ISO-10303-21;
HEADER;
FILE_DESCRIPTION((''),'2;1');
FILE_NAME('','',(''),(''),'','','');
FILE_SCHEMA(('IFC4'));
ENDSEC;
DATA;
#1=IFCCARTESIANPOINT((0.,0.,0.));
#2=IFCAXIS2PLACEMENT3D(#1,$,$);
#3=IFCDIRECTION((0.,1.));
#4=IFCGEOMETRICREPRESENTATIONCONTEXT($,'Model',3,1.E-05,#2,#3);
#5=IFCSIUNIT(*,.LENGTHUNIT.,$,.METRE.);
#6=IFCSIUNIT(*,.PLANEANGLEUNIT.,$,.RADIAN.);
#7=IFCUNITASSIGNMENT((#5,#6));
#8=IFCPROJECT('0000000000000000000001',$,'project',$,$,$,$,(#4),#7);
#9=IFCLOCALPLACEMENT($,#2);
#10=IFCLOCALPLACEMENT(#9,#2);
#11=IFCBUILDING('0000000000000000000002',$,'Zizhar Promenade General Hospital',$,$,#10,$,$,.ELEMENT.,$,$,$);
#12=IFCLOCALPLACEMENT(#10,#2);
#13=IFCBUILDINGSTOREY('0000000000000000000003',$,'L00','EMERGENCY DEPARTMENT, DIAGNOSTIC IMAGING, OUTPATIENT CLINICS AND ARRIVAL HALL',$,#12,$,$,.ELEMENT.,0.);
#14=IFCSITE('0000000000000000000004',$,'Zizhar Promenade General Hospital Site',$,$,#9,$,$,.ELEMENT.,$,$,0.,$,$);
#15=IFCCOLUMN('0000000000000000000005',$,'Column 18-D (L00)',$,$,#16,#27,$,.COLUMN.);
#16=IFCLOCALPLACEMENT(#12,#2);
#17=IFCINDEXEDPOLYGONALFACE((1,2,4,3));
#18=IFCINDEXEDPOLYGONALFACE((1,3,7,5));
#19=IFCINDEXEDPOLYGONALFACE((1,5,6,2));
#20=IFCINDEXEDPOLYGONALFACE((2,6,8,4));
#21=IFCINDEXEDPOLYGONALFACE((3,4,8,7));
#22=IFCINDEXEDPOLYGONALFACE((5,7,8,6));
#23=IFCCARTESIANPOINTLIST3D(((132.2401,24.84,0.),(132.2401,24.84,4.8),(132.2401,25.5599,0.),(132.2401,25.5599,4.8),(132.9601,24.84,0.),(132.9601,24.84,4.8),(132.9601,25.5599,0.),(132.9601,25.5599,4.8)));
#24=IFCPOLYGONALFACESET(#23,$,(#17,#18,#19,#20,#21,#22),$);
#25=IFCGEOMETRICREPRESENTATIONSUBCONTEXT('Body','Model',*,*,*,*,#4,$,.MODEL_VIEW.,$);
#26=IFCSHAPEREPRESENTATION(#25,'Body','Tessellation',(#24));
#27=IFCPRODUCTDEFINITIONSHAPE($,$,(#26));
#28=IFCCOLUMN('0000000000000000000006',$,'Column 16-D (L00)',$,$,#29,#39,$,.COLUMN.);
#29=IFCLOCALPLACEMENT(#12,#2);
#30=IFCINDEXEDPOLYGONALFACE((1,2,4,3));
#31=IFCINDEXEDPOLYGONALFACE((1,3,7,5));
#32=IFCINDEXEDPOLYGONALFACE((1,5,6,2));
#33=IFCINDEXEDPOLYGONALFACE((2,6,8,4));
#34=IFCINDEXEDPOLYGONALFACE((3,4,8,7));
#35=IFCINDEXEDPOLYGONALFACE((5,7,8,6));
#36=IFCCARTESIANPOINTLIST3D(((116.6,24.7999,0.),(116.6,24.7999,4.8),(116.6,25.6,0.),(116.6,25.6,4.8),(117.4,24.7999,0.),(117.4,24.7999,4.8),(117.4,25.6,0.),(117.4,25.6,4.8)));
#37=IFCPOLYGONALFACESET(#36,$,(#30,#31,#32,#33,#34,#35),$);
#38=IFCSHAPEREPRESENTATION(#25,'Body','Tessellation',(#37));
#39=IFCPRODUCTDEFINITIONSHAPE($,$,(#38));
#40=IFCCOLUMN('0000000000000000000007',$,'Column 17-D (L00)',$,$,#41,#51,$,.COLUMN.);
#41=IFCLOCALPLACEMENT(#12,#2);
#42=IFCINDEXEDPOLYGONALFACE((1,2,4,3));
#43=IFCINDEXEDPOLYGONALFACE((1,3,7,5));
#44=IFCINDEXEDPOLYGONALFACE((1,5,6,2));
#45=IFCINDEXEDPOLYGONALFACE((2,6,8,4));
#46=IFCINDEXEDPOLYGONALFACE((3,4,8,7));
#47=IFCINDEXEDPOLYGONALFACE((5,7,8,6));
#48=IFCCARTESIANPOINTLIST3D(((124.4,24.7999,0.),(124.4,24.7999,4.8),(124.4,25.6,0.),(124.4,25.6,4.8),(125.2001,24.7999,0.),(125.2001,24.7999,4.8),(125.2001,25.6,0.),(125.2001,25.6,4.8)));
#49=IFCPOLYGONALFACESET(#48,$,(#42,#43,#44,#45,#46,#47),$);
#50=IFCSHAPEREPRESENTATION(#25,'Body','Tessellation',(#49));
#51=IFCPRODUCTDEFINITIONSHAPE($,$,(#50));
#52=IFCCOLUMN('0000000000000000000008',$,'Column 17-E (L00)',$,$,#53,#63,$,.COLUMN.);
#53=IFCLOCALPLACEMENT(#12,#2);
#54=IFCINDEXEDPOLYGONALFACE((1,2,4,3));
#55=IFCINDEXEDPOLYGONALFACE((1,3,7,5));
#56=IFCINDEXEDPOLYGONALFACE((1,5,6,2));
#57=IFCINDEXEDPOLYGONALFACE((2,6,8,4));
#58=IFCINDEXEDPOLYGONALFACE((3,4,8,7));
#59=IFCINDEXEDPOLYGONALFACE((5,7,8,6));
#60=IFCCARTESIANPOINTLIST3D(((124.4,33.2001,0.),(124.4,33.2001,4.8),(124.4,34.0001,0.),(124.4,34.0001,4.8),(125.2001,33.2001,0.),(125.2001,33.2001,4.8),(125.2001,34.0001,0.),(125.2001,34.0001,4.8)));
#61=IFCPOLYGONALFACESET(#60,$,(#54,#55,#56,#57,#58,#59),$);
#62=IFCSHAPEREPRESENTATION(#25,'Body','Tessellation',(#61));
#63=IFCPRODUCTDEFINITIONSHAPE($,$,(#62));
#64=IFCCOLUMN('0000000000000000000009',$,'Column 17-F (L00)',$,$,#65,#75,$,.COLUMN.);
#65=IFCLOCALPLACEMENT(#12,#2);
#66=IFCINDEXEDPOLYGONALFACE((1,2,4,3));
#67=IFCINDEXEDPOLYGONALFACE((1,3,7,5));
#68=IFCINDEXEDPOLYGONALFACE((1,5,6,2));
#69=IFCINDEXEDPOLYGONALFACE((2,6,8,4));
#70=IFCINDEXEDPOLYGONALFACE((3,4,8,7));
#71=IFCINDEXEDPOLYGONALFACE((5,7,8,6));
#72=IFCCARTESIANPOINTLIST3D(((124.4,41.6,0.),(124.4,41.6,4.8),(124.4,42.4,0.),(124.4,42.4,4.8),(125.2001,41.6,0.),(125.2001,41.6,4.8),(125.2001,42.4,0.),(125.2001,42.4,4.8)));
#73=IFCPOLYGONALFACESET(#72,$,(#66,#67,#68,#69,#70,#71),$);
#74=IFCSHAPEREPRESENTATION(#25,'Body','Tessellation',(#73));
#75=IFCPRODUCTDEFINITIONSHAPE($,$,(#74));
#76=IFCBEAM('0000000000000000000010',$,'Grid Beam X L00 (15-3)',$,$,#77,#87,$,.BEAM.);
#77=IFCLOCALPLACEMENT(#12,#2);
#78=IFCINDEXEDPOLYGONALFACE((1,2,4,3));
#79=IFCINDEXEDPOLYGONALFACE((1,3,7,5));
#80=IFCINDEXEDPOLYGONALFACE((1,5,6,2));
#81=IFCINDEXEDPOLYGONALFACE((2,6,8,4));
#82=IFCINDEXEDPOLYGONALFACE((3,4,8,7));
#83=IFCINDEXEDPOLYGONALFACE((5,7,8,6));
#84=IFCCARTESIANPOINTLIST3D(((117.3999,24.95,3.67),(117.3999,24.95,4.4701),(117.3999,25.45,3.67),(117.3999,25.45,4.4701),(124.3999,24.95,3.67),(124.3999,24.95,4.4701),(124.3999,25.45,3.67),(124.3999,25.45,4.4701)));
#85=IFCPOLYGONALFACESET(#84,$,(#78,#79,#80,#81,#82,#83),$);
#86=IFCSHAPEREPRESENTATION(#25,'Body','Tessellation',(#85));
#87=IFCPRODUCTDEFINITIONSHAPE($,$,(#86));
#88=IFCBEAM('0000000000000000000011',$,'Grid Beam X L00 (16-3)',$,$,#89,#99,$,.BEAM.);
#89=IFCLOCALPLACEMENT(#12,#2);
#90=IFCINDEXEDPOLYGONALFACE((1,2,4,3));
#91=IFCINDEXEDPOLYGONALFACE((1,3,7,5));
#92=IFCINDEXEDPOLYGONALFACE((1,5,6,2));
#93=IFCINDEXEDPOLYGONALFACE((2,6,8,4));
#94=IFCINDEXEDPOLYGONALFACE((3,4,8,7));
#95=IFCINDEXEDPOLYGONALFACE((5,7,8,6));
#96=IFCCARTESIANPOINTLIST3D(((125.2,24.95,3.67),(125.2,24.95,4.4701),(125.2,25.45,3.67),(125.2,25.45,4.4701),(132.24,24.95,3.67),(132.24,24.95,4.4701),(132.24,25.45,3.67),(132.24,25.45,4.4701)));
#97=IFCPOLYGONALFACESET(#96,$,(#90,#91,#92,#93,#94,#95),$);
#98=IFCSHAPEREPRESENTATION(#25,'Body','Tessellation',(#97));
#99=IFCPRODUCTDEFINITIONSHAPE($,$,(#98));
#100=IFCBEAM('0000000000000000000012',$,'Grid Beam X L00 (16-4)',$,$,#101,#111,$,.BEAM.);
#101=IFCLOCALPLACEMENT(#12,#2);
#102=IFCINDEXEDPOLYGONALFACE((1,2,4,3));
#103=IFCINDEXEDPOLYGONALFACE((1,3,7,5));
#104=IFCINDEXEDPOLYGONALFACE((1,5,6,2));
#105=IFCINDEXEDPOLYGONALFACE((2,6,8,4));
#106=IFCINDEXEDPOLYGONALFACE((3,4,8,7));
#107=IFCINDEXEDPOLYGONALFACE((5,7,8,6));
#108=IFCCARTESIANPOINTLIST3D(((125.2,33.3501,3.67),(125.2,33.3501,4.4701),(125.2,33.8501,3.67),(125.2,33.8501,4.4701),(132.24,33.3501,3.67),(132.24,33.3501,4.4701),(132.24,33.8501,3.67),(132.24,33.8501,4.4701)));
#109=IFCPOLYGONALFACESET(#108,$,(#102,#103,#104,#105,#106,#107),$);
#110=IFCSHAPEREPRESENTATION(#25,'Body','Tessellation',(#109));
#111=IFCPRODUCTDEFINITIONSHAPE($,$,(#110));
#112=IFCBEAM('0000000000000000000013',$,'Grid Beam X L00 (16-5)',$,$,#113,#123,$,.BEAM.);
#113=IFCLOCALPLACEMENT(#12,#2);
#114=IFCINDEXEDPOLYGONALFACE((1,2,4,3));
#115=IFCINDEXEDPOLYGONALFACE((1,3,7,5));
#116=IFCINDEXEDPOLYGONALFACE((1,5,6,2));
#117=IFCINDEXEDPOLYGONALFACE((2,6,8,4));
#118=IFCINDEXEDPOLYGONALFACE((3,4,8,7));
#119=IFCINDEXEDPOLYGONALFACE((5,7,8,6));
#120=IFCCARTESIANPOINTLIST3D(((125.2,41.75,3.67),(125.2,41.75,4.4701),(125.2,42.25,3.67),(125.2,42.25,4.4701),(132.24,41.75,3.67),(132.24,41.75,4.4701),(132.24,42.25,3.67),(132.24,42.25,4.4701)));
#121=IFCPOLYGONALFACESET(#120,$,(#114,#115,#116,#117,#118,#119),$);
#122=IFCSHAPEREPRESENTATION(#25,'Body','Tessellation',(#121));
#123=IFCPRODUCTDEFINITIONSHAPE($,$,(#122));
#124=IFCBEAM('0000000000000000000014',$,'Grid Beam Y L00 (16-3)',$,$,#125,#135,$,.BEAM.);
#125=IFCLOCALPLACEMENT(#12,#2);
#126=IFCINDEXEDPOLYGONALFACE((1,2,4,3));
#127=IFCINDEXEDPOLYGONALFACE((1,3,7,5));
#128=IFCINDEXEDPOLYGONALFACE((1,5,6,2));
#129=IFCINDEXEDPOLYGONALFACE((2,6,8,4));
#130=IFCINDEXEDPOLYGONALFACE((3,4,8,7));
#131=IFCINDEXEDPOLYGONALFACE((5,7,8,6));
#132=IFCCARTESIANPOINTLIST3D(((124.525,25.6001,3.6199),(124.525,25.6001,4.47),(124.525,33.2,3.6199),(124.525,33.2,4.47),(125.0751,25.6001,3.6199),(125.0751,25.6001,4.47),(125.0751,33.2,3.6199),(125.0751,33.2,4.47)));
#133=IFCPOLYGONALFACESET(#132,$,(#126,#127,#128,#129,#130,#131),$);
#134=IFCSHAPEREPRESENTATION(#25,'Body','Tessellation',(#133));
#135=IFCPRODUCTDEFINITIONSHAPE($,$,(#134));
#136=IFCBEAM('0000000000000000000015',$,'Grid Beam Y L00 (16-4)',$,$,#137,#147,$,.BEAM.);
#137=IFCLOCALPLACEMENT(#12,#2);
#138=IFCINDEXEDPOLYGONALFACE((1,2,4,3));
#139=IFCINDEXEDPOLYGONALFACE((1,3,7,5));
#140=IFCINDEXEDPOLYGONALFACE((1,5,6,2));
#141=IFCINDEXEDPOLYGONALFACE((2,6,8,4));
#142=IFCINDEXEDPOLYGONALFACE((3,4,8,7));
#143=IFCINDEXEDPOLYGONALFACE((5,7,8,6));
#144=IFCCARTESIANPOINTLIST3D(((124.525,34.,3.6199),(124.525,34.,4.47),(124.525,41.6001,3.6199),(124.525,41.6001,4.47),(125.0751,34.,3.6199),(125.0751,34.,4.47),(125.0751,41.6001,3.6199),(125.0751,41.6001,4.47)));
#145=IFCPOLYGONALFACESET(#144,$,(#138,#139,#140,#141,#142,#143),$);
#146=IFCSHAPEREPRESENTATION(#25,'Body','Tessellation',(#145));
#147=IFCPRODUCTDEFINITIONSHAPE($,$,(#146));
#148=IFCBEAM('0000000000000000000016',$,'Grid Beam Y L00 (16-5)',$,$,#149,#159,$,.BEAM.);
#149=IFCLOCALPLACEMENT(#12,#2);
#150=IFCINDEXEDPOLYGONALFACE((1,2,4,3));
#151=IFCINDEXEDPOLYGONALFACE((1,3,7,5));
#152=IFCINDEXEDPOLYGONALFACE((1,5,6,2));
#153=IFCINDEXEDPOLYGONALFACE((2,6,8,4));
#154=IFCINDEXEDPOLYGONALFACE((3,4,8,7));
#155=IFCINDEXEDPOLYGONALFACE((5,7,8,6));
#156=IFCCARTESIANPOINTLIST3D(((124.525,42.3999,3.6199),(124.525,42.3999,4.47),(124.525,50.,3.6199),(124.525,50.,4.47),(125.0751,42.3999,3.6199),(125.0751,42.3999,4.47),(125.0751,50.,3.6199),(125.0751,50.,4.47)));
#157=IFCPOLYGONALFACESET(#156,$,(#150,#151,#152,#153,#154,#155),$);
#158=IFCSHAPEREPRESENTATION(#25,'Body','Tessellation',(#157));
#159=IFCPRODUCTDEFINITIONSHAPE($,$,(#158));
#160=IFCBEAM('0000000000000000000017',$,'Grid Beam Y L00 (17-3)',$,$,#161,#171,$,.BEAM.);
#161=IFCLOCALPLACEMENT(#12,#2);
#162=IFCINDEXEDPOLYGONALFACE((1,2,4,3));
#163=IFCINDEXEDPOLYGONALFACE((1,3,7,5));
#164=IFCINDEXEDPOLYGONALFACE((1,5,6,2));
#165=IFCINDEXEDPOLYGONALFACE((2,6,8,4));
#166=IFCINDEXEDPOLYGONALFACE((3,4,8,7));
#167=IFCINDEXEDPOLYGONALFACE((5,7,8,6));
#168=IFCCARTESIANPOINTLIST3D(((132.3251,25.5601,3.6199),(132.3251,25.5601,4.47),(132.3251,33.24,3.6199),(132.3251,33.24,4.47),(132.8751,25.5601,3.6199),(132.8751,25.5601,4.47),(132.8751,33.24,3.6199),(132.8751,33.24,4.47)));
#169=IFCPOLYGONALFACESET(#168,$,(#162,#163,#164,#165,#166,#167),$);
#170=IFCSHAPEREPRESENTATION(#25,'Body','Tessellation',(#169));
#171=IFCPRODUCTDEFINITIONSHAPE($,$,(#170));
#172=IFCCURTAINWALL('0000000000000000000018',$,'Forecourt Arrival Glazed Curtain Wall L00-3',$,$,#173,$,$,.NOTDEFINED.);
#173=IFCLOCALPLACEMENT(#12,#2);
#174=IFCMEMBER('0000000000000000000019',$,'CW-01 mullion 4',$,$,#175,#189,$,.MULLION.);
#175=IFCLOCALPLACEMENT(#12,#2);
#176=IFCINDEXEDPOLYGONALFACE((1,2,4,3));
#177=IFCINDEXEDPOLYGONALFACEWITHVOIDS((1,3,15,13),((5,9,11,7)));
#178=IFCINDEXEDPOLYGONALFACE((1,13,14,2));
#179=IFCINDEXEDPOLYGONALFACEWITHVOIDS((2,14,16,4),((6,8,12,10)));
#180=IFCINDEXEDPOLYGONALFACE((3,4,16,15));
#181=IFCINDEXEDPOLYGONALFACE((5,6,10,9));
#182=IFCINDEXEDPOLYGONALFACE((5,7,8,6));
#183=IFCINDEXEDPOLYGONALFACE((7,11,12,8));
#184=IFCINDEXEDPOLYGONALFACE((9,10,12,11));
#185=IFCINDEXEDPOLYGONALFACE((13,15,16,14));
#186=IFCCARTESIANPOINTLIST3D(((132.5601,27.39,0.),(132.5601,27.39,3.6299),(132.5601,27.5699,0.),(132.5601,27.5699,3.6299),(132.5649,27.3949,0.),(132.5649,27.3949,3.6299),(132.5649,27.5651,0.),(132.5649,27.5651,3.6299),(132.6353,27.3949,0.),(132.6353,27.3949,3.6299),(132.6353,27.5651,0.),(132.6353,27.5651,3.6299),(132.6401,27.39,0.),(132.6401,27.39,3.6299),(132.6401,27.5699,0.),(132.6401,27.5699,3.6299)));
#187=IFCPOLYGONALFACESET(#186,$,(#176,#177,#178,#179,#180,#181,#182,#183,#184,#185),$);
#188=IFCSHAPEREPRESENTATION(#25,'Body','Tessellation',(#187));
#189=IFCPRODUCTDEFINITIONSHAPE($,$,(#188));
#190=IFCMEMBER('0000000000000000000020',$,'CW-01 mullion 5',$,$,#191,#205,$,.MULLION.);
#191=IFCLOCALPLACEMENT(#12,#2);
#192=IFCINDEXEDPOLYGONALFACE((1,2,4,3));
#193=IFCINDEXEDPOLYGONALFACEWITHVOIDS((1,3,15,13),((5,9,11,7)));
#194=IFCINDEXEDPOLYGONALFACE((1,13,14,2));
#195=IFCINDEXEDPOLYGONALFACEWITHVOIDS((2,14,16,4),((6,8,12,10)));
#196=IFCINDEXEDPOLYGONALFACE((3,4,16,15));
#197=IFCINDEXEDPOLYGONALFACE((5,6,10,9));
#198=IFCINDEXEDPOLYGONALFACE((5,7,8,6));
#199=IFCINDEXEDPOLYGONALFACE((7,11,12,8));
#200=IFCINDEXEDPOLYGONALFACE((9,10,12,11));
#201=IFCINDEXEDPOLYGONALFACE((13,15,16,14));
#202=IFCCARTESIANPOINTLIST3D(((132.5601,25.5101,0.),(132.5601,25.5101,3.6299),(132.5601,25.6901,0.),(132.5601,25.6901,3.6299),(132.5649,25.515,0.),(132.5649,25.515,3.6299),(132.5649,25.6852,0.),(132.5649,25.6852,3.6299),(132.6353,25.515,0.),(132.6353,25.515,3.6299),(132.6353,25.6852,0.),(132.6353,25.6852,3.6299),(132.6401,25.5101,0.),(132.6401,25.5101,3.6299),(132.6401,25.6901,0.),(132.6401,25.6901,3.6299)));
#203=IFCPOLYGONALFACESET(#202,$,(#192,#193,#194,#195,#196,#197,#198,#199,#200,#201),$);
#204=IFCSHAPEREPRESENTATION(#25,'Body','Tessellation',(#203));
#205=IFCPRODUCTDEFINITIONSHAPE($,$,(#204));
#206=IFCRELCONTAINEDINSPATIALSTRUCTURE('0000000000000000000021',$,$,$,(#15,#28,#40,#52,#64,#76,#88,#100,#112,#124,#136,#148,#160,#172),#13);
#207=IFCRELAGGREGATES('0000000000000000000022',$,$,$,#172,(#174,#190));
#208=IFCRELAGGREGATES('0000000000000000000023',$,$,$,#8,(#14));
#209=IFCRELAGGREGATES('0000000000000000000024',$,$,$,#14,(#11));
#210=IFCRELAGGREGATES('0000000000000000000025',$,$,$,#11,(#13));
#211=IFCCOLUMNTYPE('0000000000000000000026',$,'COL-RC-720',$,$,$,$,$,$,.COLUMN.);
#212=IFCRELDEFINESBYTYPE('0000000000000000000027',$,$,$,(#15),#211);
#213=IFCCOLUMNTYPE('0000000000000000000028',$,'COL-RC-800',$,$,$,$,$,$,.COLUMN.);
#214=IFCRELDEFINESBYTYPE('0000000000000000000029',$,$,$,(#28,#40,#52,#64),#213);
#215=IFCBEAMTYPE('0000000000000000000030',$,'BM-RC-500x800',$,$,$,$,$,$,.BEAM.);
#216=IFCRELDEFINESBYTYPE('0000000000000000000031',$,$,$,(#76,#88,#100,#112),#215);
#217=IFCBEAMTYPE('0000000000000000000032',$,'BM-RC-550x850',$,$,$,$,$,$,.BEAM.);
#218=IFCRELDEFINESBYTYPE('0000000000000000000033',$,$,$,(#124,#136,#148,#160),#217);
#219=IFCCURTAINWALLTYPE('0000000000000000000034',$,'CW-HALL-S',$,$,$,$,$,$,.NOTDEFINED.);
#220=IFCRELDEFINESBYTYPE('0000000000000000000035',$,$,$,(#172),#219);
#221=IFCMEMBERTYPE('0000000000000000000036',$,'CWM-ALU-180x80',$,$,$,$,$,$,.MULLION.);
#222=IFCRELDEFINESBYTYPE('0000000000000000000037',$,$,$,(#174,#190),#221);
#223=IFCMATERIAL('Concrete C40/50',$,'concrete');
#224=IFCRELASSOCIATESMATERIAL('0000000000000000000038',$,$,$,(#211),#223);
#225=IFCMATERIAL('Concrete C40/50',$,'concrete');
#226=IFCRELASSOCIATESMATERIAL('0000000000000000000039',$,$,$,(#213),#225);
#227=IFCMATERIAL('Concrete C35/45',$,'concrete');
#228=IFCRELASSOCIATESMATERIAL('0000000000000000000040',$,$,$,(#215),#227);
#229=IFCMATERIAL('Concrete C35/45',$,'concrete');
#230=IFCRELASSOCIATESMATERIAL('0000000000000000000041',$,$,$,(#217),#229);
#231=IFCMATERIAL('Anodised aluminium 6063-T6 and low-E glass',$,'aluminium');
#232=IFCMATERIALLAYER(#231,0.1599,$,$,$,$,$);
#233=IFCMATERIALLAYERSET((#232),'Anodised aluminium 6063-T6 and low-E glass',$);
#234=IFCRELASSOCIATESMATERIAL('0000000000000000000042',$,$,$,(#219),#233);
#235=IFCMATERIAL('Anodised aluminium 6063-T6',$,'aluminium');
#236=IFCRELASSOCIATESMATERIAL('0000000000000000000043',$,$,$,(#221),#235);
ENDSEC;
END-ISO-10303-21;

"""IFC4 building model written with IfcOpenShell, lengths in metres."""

from ifc_helpers import new_model, si_unit, direction, frame, origin, origin_2d, place, context, subcontext, project, spatial, rectangle, hollow_rectangle, extrude, material, layer, layer_set, material_profile, profile_set, type_object, element, aggregate, save


model = new_model("IFC4")

# Units and contexts
model_context = context("Model", 3, precision=1e-05, world=origin(), true_north=direction((0.0, 1.0)))
body_context = subcontext(model_context, "Body", "Model", "MODEL_VIEW")
ifc_project = project(units=[si_unit("LENGTHUNIT", "METRE"), si_unit("PLANEANGLEUNIT", "RADIAN")], contexts=[model_context])

# Site, building, storey
site_placement = place(None, origin())
site = spatial("IfcSite", under=ifc_project, at=site_placement, Name="Zizhar Promenade General Hospital Site", CompositionType="ELEMENT", RefElevation=0.0)
building_placement = place(site_placement, origin())
building = spatial("IfcBuilding", under=site, at=building_placement, Name="Zizhar Promenade General Hospital", CompositionType="ELEMENT")
storey_placement = place(building_placement, origin())
storey = spatial("IfcBuildingStorey", under=building, at=storey_placement, Name="L00", Description="EMERGENCY DEPARTMENT, DIAGNOSTIC IMAGING, OUTPATIENT CLINICS AND ARRIVAL HALL", CompositionType="ELEMENT", Elevation=0.0)

# Columns
ifc_material_1 = material(Name="Concrete C40/50", Category="concrete")
ifc_material_profile_1 = material_profile(ifc_material_1, rectangle(XDim=0.72, YDim=0.72, at=origin_2d()))
ifc_profile_set_1 = profile_set([ifc_material_profile_1], Name="Concrete C40/50")
column_type_1 = type_object("IfcColumnType", Name="COL-RC-720", PredefinedType="COLUMN", material=ifc_profile_set_1)
column_placement = place(storey_placement, frame((132.6001, 25.2, 0.0), z_axis=(0.0, 0.0, 1.0), x_axis=(1.0, 0.0, 0.0)))
element("IfcColumn", 1, at=column_placement, inside=storey, type_object=column_type_1, Name="Column 18-D (L00)", PredefinedType="COLUMN", context=body_context, shape_type="SweptSolid", body=[
    extrude(rectangle(XDim=0.72, YDim=0.72, at=origin_2d()), origin(), (0.0, 0.0, 1.0), 4.8),
])
ifc_material_2 = material(Name="Concrete C40/50", Category="concrete")
ifc_material_profile_2 = material_profile(ifc_material_2, rectangle(XDim=0.8, YDim=0.8, at=origin_2d()))
ifc_profile_set_2 = profile_set([ifc_material_profile_2], Name="Concrete C40/50")
column_type_2 = type_object("IfcColumnType", Name="COL-RC-800", PredefinedType="COLUMN", material=ifc_profile_set_2)
for number, where, z_axis, x_axis, name in (
    (2, (117.0, 25.2, 0.0), (0.0, 0.0, 1.0), (1.0, 0.0, 0.0), "Column 16-D (L00)"),
    (3, (124.8, 25.2, 0.0), (0.0, 0.0, 1.0), (1.0, 0.0, 0.0), "Column 17-D (L00)"),
    (4, (124.8, 33.6001, 0.0), (0.0, 0.0, 1.0), (1.0, 0.0, 0.0), "Column 17-E (L00)"),
    (5, (124.8, 42.0, 0.0), (0.0, 0.0, 1.0), (1.0, 0.0, 0.0), "Column 17-F (L00)"),
):
    element("IfcColumn", number, at=place(storey_placement, frame(where, z_axis=z_axis, x_axis=x_axis)), inside=storey, type_object=column_type_2, Name=name, PredefinedType="COLUMN", context=body_context, shape_type="SweptSolid", body=[
        extrude(rectangle(XDim=0.8, YDim=0.8, at=origin_2d()), origin(), (0.0, 0.0, 1.0), 4.8),
    ])

# Beams
ifc_material_3 = material(Name="Concrete C35/45", Category="concrete")
ifc_material_profile_3 = material_profile(ifc_material_3, rectangle(XDim=0.5, YDim=0.8, at=origin_2d()))
ifc_profile_set_3 = profile_set([ifc_material_profile_3], Name="Concrete C35/45")
beam_type_1 = type_object("IfcBeamType", Name="BM-RC-500x800", PredefinedType="BEAM", material=ifc_profile_set_3)
beam_1_placement = place(storey_placement, frame((117.3999, 25.2, 4.0701), z_axis=(1.0, 0.0, 0.0), x_axis=(0.0, 1.0, 0.0)))
element("IfcBeam", 6, at=beam_1_placement, inside=storey, type_object=beam_type_1, Name="Grid Beam X L00 (15-3)", PredefinedType="BEAM", context=body_context, shape_type="SweptSolid", body=[
    extrude(rectangle(XDim=0.5, YDim=0.8, at=origin_2d()), origin(), (0.0, 0.0, 1.0), 7.0),
])
for number, where, z_axis, x_axis, name in (
    (7, (125.2, 25.2, 4.0701), (1.0, 0.0, 0.0), (0.0, 1.0, 0.0), "Grid Beam X L00 (16-3)"),
    (8, (125.2, 33.6001, 4.0701), (1.0, 0.0, 0.0), (0.0, 1.0, 0.0), "Grid Beam X L00 (16-4)"),
    (9, (125.2, 42.0, 4.0701), (1.0, 0.0, 0.0), (0.0, 1.0, 0.0), "Grid Beam X L00 (16-5)"),
):
    element("IfcBeam", number, at=place(storey_placement, frame(where, z_axis=z_axis, x_axis=x_axis)), inside=storey, type_object=beam_type_1, Name=name, PredefinedType="BEAM", context=body_context, shape_type="SweptSolid", body=[
        extrude(rectangle(XDim=0.5, YDim=0.8, at=origin_2d()), origin(), (0.0, 0.0, 1.0), 7.04),
    ])
ifc_material_4 = material(Name="Concrete C35/45", Category="concrete")
ifc_material_profile_4 = material_profile(ifc_material_4, rectangle(XDim=0.55, YDim=0.8501, at=origin_2d()))
ifc_profile_set_4 = profile_set([ifc_material_profile_4], Name="Concrete C35/45")
beam_type_2 = type_object("IfcBeamType", Name="BM-RC-550x850", PredefinedType="BEAM", material=ifc_profile_set_4)
beam_2_placement = place(storey_placement, frame((124.8, 25.6001, 4.0449), z_axis=(0.0, 1.0, 0.0), x_axis=(-1.0, 0.0, 0.0)))
element("IfcBeam", 10, at=beam_2_placement, inside=storey, type_object=beam_type_2, Name="Grid Beam Y L00 (16-3)", PredefinedType="BEAM", context=body_context, shape_type="SweptSolid", body=[
    extrude(rectangle(XDim=0.55, YDim=0.8501, at=origin_2d()), origin(), (0.0, 0.0, 1.0), 7.5999),
])
for number, where, z_axis, x_axis, name in (
    (11, (124.8, 34.0, 4.0449), (0.0, 1.0, 0.0), (-1.0, 0.0, 0.0), "Grid Beam Y L00 (16-4)"),
    (12, (124.8, 42.3999, 4.0449), (0.0, 1.0, 0.0), (-1.0, 0.0, 0.0), "Grid Beam Y L00 (16-5)"),
):
    element("IfcBeam", number, at=place(storey_placement, frame(where, z_axis=z_axis, x_axis=x_axis)), inside=storey, type_object=beam_type_2, Name=name, PredefinedType="BEAM", context=body_context, shape_type="SweptSolid", body=[
        extrude(rectangle(XDim=0.55, YDim=0.8501, at=origin_2d()), origin(), (0.0, 0.0, 1.0), 7.6001),
    ])
beam_3_placement = place(storey_placement, frame((132.6001, 25.5601, 4.0449), z_axis=(0.0, 1.0, 0.0), x_axis=(-1.0, 0.0, 0.0)))
element("IfcBeam", 13, at=beam_3_placement, inside=storey, type_object=beam_type_2, Name="Grid Beam Y L00 (17-3)", PredefinedType="BEAM", context=body_context, shape_type="SweptSolid", body=[
    extrude(rectangle(XDim=0.55, YDim=0.8501, at=origin_2d()), origin(), (0.0, 0.0, 1.0), 7.6799),
])

# Curtain wall, members
ifc_material_5 = material(Name="Anodised aluminium 6063-T6 and low-E glass", Category="aluminium")
ifc_layer_1 = layer(ifc_material_5, 0.1599)
ifc_layer_set_1 = layer_set([ifc_layer_1], Name="Anodised aluminium 6063-T6 and low-E glass")
curtain_wall_type = type_object("IfcCurtainWallType", Name="CW-HALL-S", PredefinedType="NOTDEFINED", material=ifc_layer_set_1)
curtain_wall_placement = place(storey_placement, origin())
curtain_wall = element("IfcCurtainWall", 14, at=curtain_wall_placement, inside=storey, type_object=curtain_wall_type, Name="Forecourt Arrival Glazed Curtain Wall L00-3", PredefinedType="NOTDEFINED")
ifc_material_6 = material(Name="Anodised aluminium 6063-T6", Category="aluminium")
ifc_material_profile_5 = material_profile(ifc_material_6, hollow_rectangle(XDim=0.0801, YDim=0.1799, WallThickness=0.0049, at=origin_2d()))
ifc_profile_set_5 = profile_set([ifc_material_profile_5], Name="Anodised aluminium 6063-T6")
member_type_1 = type_object("IfcMemberType", Name="CWM-ALU-180x80", PredefinedType="MULLION", material=ifc_profile_set_5)
member_1_placement = place(storey_placement, frame((132.6001, 27.48, 0.0), z_axis=(0.0, 0.0, 1.0), x_axis=(1.0, 0.0, 0.0)))
member_1 = element("IfcMember", 15, at=member_1_placement, type_object=member_type_1, Name="CW-01 mullion 4", PredefinedType="MULLION", context=body_context, shape_type="SweptSolid", body=[
    extrude(hollow_rectangle(XDim=0.0801, YDim=0.1799, WallThickness=0.0049, at=origin_2d()), origin(), (0.0, 0.0, 1.0), 3.6299),
])
member_2_placement = place(storey_placement, frame((132.6001, 25.6001, 0.0), z_axis=(0.0, 0.0, 1.0), x_axis=(1.0, 0.0, 0.0)))
member_2 = element("IfcMember", 16, at=member_2_placement, type_object=member_type_1, Name="CW-01 mullion 5", PredefinedType="MULLION", context=body_context, shape_type="SweptSolid", body=[
    extrude(hollow_rectangle(XDim=0.0801, YDim=0.1799, WallThickness=0.0049, at=origin_2d()), origin(), (0.0, 0.0, 1.0), 3.6299),
])
aggregate(curtain_wall, [member_1, member_2])

save(model, "model.ifc")
